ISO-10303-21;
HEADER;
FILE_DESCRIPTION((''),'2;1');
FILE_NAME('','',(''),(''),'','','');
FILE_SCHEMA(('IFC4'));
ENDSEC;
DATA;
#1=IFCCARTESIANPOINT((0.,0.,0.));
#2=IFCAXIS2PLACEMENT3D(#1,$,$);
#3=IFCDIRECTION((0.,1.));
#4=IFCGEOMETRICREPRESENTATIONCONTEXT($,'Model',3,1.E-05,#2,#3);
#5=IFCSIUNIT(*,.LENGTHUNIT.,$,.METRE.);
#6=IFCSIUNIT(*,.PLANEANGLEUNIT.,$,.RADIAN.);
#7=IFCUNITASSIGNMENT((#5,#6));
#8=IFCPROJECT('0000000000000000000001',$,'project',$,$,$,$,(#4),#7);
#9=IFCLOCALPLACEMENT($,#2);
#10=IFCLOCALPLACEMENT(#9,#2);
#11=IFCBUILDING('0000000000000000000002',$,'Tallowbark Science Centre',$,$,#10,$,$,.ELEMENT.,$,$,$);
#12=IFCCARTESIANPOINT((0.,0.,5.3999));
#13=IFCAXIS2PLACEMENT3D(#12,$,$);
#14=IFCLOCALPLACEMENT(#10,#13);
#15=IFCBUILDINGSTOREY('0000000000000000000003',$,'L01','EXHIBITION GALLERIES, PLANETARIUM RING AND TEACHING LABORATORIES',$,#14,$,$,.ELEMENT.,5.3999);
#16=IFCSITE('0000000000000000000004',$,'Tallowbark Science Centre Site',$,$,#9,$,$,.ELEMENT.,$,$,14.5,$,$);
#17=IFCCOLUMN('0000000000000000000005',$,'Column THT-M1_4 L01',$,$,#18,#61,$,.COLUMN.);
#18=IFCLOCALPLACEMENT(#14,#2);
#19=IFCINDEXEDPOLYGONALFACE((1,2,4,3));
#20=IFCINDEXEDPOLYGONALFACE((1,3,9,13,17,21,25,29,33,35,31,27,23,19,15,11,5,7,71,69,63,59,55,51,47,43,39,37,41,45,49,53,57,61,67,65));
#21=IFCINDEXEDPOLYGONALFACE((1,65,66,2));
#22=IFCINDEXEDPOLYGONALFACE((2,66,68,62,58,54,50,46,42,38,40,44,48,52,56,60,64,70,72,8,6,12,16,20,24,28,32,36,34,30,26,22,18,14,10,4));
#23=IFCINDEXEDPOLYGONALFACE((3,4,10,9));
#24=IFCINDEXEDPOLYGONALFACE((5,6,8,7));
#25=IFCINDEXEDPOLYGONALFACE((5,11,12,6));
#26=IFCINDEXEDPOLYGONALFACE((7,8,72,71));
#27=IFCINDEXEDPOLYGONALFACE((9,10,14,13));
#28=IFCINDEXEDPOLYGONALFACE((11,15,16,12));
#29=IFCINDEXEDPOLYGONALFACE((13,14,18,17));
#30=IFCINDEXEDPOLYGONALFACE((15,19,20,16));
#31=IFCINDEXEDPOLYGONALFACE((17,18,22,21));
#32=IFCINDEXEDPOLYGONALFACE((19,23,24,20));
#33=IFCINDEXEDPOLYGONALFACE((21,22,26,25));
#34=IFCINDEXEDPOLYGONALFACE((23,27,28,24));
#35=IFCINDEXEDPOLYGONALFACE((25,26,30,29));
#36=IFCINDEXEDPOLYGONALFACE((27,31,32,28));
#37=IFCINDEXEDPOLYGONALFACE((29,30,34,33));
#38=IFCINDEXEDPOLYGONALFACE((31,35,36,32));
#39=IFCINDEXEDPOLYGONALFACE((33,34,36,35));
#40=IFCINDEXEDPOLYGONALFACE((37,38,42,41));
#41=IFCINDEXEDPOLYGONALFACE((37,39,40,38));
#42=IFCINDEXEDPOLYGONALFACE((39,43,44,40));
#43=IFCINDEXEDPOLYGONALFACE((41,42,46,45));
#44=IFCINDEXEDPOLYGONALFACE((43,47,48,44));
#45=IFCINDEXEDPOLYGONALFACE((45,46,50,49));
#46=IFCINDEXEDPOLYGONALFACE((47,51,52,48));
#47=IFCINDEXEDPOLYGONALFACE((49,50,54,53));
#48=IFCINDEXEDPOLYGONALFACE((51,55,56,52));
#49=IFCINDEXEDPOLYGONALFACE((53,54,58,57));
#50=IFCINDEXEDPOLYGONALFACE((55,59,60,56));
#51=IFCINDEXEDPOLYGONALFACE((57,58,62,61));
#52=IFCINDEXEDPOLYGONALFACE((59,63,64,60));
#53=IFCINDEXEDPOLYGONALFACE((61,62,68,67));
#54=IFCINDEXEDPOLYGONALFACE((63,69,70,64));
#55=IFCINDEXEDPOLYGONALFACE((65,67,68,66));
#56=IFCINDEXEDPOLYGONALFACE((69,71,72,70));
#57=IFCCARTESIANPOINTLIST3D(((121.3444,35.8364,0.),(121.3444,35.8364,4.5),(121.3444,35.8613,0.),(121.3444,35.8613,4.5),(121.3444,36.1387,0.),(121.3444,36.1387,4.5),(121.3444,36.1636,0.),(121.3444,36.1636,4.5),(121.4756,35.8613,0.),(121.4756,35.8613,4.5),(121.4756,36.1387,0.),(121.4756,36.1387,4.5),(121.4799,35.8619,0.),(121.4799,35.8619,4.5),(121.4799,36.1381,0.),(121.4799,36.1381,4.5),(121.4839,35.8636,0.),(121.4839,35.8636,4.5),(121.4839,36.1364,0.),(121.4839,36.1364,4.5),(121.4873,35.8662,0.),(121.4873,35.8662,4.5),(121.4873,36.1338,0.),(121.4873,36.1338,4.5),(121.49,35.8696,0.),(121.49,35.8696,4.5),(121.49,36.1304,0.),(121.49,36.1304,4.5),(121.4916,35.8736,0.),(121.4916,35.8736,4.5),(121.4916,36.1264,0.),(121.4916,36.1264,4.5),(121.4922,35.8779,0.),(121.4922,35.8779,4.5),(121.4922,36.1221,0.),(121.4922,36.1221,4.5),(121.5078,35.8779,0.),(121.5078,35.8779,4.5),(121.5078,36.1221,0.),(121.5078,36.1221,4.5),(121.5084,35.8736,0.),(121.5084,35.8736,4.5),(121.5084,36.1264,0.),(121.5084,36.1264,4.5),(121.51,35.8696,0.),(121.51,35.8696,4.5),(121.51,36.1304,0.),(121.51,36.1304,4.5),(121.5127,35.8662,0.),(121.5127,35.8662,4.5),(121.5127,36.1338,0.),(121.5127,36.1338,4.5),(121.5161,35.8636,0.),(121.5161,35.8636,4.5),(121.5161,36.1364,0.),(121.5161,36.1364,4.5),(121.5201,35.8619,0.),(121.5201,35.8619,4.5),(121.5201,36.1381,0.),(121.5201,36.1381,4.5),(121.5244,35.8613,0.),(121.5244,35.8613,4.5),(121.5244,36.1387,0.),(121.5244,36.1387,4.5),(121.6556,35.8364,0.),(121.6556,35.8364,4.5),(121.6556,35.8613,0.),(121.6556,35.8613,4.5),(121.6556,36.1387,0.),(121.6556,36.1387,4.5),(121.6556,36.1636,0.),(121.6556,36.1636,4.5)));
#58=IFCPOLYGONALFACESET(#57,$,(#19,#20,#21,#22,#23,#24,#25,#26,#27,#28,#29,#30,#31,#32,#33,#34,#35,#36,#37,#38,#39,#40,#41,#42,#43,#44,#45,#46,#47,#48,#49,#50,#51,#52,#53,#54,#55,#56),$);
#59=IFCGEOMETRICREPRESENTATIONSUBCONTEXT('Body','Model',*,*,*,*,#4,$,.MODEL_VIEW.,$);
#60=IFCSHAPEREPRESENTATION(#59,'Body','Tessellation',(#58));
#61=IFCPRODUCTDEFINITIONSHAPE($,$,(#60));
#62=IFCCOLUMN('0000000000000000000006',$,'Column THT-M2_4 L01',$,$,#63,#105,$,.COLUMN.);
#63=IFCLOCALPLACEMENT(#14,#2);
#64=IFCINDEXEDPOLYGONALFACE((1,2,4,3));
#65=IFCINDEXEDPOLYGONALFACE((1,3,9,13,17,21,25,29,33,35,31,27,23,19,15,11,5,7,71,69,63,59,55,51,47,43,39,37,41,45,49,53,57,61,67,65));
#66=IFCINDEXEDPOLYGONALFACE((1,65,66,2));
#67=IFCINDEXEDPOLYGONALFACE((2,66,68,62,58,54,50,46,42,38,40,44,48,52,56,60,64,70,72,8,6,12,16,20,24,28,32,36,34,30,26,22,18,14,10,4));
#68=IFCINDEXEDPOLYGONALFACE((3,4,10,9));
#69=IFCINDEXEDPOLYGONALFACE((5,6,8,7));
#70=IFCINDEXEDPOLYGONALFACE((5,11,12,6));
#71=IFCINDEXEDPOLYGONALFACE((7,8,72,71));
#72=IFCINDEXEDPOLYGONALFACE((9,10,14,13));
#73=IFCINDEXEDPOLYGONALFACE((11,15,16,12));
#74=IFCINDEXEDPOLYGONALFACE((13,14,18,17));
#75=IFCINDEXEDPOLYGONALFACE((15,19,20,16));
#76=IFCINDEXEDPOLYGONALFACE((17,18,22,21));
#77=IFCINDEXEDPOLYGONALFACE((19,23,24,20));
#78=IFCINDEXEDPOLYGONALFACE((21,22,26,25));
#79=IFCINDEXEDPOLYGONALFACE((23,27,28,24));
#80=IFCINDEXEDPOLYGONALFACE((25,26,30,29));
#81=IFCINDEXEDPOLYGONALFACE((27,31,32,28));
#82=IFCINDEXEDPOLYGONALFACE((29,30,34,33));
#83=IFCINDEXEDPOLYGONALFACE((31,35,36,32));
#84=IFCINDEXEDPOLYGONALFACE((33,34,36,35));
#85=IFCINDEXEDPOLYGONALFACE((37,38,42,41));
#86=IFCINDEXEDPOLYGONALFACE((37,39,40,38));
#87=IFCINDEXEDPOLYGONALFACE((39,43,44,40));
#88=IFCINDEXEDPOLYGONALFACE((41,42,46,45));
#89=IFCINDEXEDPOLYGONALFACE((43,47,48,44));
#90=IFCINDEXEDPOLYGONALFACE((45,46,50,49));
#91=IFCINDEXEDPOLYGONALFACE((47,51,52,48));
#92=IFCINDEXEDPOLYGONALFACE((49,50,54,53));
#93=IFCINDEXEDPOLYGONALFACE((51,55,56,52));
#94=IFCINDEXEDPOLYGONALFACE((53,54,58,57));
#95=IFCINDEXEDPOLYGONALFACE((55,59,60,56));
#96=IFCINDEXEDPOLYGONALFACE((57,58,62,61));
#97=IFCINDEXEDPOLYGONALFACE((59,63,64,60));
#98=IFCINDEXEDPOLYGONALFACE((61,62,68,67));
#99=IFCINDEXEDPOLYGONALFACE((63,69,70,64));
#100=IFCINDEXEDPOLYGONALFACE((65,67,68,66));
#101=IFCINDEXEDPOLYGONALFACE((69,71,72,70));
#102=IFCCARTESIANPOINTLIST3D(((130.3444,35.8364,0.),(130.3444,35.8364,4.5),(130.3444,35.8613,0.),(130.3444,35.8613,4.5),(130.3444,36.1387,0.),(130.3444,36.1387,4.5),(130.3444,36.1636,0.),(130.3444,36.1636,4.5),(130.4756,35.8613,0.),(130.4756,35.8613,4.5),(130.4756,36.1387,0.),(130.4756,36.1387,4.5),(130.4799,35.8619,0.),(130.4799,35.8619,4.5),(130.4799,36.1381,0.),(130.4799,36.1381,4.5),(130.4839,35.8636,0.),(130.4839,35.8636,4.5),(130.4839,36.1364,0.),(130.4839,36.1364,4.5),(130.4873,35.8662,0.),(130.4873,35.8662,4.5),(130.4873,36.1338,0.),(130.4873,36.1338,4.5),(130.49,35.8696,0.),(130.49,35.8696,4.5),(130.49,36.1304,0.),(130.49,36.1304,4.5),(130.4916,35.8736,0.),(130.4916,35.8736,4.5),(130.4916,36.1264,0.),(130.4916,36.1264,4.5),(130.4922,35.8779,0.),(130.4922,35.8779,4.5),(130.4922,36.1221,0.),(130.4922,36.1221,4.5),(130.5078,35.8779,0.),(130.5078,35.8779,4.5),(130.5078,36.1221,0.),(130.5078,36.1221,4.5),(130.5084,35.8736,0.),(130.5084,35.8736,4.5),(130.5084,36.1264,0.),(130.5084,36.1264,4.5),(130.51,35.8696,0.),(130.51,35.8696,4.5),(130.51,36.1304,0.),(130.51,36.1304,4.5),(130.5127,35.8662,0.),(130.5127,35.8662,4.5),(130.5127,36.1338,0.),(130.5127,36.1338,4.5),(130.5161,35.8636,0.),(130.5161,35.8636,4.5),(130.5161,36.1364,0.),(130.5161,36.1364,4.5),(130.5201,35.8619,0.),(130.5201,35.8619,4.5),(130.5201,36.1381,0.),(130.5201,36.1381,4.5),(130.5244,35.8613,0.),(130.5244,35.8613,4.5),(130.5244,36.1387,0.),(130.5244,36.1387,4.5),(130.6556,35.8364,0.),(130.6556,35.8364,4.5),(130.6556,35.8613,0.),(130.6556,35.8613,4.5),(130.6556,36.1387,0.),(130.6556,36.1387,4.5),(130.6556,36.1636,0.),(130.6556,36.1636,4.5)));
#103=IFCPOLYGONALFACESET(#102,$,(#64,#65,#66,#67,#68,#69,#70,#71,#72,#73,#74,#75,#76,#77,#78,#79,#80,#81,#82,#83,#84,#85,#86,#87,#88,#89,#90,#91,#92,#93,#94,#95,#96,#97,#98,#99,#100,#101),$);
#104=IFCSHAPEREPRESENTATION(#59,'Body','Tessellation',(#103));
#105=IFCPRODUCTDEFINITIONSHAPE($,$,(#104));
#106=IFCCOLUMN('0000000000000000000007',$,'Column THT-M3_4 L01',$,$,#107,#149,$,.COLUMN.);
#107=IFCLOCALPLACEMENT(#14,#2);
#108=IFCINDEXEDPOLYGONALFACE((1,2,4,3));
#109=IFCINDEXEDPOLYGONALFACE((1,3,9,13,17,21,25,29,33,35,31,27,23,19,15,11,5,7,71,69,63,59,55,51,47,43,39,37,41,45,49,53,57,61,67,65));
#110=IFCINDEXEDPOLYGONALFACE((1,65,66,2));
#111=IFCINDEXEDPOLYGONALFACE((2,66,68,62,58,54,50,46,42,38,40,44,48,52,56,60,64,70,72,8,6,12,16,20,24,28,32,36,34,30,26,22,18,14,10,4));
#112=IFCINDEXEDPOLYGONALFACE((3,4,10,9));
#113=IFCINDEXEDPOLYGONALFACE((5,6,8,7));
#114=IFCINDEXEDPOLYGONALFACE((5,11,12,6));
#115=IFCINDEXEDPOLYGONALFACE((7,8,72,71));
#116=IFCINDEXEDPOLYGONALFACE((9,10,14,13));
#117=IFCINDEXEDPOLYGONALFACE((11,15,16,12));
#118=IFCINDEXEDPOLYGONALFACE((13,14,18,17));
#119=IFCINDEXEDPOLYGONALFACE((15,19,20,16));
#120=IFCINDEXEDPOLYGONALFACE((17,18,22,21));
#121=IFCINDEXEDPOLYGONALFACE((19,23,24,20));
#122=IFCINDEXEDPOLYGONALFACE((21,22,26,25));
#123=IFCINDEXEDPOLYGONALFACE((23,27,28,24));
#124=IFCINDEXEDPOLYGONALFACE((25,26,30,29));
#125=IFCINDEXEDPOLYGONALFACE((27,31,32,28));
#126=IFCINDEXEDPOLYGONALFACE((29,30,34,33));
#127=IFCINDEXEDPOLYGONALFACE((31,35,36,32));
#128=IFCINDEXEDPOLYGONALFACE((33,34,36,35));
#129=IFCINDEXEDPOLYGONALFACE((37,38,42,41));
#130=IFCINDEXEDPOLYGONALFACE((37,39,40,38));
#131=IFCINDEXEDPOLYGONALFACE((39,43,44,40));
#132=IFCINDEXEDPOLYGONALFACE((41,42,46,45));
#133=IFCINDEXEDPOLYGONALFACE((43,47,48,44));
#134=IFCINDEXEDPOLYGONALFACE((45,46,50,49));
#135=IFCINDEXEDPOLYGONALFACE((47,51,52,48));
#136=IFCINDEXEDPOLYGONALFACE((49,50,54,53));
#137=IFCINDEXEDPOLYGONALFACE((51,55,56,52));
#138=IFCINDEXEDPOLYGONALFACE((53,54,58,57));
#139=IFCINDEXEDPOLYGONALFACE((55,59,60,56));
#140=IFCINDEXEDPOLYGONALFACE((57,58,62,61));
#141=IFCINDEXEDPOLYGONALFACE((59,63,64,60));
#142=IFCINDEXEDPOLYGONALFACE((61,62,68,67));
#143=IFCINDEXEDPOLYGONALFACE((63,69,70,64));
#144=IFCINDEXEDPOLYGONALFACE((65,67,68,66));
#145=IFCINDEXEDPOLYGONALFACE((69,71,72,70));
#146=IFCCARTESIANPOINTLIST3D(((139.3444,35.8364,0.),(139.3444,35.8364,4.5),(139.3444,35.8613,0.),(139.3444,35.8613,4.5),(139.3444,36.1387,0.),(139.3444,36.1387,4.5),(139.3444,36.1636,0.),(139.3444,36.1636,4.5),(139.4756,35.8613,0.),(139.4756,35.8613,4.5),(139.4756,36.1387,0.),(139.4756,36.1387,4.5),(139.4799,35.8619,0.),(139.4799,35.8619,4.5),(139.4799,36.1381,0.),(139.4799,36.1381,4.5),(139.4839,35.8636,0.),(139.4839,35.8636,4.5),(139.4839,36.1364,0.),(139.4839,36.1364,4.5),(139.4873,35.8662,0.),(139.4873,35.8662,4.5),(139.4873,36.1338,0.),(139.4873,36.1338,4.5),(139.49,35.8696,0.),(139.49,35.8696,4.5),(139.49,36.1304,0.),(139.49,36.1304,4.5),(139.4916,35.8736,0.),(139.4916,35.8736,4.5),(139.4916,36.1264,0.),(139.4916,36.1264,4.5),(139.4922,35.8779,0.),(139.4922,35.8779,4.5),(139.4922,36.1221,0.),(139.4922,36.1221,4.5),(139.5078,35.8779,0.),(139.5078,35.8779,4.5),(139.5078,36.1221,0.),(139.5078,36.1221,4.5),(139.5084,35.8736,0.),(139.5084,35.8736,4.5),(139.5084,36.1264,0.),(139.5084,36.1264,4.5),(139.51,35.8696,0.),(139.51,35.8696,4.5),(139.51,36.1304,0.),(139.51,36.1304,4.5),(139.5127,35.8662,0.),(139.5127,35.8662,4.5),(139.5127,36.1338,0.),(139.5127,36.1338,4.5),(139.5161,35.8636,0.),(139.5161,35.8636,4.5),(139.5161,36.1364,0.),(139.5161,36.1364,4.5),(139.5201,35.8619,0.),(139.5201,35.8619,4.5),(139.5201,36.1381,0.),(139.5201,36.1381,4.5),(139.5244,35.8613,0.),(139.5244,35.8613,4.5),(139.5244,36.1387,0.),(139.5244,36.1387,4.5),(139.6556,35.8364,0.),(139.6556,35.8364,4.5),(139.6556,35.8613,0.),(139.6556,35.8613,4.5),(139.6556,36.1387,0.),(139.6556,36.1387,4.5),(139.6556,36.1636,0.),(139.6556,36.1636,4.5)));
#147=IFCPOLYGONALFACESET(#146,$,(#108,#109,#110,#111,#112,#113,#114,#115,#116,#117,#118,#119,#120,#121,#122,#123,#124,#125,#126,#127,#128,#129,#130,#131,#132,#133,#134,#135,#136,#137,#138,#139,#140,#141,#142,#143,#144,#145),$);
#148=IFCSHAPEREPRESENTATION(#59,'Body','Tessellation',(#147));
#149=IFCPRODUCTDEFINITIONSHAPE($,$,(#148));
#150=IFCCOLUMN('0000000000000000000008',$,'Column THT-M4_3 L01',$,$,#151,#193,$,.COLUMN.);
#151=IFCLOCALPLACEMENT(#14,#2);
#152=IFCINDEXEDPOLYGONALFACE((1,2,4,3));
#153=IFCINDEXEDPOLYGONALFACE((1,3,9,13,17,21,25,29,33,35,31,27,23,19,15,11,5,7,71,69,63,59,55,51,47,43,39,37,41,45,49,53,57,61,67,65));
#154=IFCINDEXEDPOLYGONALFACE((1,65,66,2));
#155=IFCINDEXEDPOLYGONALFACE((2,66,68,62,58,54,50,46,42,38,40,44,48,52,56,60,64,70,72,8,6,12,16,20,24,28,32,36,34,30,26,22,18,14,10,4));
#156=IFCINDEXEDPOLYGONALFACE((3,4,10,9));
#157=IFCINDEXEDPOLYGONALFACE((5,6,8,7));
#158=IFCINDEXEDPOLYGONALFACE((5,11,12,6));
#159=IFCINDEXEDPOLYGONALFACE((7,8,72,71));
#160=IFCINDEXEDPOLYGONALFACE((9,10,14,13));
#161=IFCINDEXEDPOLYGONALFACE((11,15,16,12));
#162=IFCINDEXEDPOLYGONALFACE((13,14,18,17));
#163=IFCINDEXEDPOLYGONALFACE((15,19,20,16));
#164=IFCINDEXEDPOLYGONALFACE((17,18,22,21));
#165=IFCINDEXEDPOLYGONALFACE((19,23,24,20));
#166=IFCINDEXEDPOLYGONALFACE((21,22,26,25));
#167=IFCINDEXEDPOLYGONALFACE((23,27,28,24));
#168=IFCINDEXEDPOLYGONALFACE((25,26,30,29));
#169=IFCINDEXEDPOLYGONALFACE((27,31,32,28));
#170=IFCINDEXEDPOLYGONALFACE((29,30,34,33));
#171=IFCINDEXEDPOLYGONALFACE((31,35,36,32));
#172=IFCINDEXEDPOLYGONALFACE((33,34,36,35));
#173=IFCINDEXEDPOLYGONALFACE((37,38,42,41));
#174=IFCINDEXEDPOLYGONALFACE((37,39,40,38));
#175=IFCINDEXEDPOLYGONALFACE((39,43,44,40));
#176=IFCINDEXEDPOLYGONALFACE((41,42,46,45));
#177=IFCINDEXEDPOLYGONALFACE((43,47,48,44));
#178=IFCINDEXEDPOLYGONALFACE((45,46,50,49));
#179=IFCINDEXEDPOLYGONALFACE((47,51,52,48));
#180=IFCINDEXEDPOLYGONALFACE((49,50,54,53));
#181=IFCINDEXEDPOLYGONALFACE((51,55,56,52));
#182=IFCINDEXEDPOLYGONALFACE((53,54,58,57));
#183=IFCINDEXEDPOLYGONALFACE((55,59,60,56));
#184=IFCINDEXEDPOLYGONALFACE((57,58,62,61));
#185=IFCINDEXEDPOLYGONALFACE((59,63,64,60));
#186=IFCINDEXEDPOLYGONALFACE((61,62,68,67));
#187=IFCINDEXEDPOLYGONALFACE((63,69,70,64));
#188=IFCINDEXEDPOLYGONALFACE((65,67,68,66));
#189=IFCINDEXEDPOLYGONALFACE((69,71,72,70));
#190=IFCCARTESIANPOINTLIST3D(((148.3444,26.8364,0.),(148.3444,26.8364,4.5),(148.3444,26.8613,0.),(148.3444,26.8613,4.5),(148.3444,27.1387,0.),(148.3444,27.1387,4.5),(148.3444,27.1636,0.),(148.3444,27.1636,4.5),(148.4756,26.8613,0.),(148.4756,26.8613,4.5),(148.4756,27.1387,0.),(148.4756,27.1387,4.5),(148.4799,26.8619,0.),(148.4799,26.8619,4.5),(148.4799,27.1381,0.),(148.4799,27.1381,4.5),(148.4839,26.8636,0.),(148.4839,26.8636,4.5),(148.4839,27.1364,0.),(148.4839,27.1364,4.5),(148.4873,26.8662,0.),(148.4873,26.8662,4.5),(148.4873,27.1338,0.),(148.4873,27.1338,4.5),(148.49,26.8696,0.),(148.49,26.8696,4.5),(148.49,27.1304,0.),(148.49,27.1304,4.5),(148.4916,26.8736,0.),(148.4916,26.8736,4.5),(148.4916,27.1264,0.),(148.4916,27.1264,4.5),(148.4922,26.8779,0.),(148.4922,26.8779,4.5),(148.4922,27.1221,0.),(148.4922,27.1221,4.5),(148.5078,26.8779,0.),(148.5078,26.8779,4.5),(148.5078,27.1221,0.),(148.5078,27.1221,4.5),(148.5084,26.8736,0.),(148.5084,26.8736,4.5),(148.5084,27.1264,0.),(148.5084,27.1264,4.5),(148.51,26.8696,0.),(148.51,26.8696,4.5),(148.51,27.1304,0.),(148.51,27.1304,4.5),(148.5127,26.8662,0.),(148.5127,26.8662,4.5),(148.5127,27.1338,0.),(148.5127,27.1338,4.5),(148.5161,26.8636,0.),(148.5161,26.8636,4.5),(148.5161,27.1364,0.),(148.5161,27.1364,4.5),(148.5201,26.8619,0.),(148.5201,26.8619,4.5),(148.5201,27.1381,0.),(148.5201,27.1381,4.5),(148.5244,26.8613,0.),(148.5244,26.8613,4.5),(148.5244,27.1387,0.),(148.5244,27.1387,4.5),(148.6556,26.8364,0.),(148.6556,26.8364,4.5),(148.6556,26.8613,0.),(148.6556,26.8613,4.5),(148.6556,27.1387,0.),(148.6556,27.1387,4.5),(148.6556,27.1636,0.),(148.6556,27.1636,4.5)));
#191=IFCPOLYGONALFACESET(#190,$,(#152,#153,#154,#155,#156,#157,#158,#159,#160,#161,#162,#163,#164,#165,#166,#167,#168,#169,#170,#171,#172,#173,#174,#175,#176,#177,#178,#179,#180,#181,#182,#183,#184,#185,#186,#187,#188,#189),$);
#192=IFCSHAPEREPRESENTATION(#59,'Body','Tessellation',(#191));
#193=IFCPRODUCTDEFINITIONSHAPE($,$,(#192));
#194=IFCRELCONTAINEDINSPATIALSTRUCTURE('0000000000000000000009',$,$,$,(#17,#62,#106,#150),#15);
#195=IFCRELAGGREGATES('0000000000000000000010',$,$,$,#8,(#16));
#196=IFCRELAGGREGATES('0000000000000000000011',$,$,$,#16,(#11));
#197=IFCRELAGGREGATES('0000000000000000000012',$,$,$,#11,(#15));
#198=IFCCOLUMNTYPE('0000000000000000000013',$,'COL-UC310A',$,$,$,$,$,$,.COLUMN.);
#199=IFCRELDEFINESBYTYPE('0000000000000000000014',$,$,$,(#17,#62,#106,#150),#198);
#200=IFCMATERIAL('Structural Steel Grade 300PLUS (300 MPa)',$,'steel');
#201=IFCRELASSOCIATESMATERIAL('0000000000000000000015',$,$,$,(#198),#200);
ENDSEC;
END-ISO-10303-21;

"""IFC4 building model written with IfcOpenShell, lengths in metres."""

from ifc_helpers import new_model, si_unit, direction, frame, origin, origin_2d, place, context, subcontext, project, spatial, i_section, extrude, material, material_profile, profile_set, type_object, element, save


model = new_model("IFC4")

# Units and contexts
model_context = context("Model", 3, precision=1e-05, world=origin(), true_north=direction((0.0, 1.0)))
body_context = subcontext(model_context, "Body", "Model", "MODEL_VIEW")
ifc_project = project(units=[si_unit("LENGTHUNIT", "METRE"), si_unit("PLANEANGLEUNIT", "RADIAN")], contexts=[model_context])

# Site, building, storey
site_placement = place(None, origin())
site = spatial("IfcSite", under=ifc_project, at=site_placement, Name="Tallowbark Science Centre Site", CompositionType="ELEMENT", RefElevation=14.5)
building_placement = place(site_placement, origin())
building = spatial("IfcBuilding", under=site, at=building_placement, Name="Tallowbark Science Centre", CompositionType="ELEMENT")
storey_placement = place(building_placement, frame((0.0, 0.0, 5.3999)))
storey = spatial("IfcBuildingStorey", under=building, at=storey_placement, Name="L01", Description="EXHIBITION GALLERIES, PLANETARIUM RING AND TEACHING LABORATORIES", CompositionType="ELEMENT", Elevation=5.3999)

# Columns
ifc_material_1 = material(Name="Structural Steel Grade 300PLUS (300 MPa)", Category="steel")
ifc_material_profile_1 = material_profile(ifc_material_1, i_section(OverallWidth=0.3113, OverallDepth=0.3271, WebThickness=0.0156, FlangeThickness=0.0249, FilletRadius=0.0166, at=origin_2d()), Name="310UC158")
ifc_profile_set_1 = profile_set([ifc_material_profile_1], Name="Structural Steel Grade 300PLUS (300 MPa)")
column_type = type_object("IfcColumnType", Name="COL-UC310A", PredefinedType="COLUMN", material=ifc_profile_set_1)
for number, where, z_axis, x_axis, name in (
    (1, (121.5, 36.0, 0.0), (0.0, 0.0, 1.0), (1.0, 0.0, 0.0), "Column THT-M1_4 L01"),
    (2, (130.5, 36.0, 0.0), (0.0, 0.0, 1.0), (1.0, 0.0, 0.0), "Column THT-M2_4 L01"),
    (3, (139.5, 36.0, 0.0), (0.0, 0.0, 1.0), (1.0, 0.0, 0.0), "Column THT-M3_4 L01"),
    (4, (148.5, 27.0, 0.0), (0.0, 0.0, 1.0), (1.0, 0.0, 0.0), "Column THT-M4_3 L01"),
):
    element("IfcColumn", number, at=place(storey_placement, frame(where, z_axis=z_axis, x_axis=x_axis)), inside=storey, type_object=column_type, Name=name, PredefinedType="COLUMN", context=body_context, shape_type="SweptSolid", body=[
        extrude(i_section(OverallWidth=0.3113, OverallDepth=0.3271, WebThickness=0.0156, FlangeThickness=0.0249, FilletRadius=0.0166, at=origin_2d()), origin(), (0.0, 0.0, 1.0), 4.5),
    ])

save(model, "model.ifc")
